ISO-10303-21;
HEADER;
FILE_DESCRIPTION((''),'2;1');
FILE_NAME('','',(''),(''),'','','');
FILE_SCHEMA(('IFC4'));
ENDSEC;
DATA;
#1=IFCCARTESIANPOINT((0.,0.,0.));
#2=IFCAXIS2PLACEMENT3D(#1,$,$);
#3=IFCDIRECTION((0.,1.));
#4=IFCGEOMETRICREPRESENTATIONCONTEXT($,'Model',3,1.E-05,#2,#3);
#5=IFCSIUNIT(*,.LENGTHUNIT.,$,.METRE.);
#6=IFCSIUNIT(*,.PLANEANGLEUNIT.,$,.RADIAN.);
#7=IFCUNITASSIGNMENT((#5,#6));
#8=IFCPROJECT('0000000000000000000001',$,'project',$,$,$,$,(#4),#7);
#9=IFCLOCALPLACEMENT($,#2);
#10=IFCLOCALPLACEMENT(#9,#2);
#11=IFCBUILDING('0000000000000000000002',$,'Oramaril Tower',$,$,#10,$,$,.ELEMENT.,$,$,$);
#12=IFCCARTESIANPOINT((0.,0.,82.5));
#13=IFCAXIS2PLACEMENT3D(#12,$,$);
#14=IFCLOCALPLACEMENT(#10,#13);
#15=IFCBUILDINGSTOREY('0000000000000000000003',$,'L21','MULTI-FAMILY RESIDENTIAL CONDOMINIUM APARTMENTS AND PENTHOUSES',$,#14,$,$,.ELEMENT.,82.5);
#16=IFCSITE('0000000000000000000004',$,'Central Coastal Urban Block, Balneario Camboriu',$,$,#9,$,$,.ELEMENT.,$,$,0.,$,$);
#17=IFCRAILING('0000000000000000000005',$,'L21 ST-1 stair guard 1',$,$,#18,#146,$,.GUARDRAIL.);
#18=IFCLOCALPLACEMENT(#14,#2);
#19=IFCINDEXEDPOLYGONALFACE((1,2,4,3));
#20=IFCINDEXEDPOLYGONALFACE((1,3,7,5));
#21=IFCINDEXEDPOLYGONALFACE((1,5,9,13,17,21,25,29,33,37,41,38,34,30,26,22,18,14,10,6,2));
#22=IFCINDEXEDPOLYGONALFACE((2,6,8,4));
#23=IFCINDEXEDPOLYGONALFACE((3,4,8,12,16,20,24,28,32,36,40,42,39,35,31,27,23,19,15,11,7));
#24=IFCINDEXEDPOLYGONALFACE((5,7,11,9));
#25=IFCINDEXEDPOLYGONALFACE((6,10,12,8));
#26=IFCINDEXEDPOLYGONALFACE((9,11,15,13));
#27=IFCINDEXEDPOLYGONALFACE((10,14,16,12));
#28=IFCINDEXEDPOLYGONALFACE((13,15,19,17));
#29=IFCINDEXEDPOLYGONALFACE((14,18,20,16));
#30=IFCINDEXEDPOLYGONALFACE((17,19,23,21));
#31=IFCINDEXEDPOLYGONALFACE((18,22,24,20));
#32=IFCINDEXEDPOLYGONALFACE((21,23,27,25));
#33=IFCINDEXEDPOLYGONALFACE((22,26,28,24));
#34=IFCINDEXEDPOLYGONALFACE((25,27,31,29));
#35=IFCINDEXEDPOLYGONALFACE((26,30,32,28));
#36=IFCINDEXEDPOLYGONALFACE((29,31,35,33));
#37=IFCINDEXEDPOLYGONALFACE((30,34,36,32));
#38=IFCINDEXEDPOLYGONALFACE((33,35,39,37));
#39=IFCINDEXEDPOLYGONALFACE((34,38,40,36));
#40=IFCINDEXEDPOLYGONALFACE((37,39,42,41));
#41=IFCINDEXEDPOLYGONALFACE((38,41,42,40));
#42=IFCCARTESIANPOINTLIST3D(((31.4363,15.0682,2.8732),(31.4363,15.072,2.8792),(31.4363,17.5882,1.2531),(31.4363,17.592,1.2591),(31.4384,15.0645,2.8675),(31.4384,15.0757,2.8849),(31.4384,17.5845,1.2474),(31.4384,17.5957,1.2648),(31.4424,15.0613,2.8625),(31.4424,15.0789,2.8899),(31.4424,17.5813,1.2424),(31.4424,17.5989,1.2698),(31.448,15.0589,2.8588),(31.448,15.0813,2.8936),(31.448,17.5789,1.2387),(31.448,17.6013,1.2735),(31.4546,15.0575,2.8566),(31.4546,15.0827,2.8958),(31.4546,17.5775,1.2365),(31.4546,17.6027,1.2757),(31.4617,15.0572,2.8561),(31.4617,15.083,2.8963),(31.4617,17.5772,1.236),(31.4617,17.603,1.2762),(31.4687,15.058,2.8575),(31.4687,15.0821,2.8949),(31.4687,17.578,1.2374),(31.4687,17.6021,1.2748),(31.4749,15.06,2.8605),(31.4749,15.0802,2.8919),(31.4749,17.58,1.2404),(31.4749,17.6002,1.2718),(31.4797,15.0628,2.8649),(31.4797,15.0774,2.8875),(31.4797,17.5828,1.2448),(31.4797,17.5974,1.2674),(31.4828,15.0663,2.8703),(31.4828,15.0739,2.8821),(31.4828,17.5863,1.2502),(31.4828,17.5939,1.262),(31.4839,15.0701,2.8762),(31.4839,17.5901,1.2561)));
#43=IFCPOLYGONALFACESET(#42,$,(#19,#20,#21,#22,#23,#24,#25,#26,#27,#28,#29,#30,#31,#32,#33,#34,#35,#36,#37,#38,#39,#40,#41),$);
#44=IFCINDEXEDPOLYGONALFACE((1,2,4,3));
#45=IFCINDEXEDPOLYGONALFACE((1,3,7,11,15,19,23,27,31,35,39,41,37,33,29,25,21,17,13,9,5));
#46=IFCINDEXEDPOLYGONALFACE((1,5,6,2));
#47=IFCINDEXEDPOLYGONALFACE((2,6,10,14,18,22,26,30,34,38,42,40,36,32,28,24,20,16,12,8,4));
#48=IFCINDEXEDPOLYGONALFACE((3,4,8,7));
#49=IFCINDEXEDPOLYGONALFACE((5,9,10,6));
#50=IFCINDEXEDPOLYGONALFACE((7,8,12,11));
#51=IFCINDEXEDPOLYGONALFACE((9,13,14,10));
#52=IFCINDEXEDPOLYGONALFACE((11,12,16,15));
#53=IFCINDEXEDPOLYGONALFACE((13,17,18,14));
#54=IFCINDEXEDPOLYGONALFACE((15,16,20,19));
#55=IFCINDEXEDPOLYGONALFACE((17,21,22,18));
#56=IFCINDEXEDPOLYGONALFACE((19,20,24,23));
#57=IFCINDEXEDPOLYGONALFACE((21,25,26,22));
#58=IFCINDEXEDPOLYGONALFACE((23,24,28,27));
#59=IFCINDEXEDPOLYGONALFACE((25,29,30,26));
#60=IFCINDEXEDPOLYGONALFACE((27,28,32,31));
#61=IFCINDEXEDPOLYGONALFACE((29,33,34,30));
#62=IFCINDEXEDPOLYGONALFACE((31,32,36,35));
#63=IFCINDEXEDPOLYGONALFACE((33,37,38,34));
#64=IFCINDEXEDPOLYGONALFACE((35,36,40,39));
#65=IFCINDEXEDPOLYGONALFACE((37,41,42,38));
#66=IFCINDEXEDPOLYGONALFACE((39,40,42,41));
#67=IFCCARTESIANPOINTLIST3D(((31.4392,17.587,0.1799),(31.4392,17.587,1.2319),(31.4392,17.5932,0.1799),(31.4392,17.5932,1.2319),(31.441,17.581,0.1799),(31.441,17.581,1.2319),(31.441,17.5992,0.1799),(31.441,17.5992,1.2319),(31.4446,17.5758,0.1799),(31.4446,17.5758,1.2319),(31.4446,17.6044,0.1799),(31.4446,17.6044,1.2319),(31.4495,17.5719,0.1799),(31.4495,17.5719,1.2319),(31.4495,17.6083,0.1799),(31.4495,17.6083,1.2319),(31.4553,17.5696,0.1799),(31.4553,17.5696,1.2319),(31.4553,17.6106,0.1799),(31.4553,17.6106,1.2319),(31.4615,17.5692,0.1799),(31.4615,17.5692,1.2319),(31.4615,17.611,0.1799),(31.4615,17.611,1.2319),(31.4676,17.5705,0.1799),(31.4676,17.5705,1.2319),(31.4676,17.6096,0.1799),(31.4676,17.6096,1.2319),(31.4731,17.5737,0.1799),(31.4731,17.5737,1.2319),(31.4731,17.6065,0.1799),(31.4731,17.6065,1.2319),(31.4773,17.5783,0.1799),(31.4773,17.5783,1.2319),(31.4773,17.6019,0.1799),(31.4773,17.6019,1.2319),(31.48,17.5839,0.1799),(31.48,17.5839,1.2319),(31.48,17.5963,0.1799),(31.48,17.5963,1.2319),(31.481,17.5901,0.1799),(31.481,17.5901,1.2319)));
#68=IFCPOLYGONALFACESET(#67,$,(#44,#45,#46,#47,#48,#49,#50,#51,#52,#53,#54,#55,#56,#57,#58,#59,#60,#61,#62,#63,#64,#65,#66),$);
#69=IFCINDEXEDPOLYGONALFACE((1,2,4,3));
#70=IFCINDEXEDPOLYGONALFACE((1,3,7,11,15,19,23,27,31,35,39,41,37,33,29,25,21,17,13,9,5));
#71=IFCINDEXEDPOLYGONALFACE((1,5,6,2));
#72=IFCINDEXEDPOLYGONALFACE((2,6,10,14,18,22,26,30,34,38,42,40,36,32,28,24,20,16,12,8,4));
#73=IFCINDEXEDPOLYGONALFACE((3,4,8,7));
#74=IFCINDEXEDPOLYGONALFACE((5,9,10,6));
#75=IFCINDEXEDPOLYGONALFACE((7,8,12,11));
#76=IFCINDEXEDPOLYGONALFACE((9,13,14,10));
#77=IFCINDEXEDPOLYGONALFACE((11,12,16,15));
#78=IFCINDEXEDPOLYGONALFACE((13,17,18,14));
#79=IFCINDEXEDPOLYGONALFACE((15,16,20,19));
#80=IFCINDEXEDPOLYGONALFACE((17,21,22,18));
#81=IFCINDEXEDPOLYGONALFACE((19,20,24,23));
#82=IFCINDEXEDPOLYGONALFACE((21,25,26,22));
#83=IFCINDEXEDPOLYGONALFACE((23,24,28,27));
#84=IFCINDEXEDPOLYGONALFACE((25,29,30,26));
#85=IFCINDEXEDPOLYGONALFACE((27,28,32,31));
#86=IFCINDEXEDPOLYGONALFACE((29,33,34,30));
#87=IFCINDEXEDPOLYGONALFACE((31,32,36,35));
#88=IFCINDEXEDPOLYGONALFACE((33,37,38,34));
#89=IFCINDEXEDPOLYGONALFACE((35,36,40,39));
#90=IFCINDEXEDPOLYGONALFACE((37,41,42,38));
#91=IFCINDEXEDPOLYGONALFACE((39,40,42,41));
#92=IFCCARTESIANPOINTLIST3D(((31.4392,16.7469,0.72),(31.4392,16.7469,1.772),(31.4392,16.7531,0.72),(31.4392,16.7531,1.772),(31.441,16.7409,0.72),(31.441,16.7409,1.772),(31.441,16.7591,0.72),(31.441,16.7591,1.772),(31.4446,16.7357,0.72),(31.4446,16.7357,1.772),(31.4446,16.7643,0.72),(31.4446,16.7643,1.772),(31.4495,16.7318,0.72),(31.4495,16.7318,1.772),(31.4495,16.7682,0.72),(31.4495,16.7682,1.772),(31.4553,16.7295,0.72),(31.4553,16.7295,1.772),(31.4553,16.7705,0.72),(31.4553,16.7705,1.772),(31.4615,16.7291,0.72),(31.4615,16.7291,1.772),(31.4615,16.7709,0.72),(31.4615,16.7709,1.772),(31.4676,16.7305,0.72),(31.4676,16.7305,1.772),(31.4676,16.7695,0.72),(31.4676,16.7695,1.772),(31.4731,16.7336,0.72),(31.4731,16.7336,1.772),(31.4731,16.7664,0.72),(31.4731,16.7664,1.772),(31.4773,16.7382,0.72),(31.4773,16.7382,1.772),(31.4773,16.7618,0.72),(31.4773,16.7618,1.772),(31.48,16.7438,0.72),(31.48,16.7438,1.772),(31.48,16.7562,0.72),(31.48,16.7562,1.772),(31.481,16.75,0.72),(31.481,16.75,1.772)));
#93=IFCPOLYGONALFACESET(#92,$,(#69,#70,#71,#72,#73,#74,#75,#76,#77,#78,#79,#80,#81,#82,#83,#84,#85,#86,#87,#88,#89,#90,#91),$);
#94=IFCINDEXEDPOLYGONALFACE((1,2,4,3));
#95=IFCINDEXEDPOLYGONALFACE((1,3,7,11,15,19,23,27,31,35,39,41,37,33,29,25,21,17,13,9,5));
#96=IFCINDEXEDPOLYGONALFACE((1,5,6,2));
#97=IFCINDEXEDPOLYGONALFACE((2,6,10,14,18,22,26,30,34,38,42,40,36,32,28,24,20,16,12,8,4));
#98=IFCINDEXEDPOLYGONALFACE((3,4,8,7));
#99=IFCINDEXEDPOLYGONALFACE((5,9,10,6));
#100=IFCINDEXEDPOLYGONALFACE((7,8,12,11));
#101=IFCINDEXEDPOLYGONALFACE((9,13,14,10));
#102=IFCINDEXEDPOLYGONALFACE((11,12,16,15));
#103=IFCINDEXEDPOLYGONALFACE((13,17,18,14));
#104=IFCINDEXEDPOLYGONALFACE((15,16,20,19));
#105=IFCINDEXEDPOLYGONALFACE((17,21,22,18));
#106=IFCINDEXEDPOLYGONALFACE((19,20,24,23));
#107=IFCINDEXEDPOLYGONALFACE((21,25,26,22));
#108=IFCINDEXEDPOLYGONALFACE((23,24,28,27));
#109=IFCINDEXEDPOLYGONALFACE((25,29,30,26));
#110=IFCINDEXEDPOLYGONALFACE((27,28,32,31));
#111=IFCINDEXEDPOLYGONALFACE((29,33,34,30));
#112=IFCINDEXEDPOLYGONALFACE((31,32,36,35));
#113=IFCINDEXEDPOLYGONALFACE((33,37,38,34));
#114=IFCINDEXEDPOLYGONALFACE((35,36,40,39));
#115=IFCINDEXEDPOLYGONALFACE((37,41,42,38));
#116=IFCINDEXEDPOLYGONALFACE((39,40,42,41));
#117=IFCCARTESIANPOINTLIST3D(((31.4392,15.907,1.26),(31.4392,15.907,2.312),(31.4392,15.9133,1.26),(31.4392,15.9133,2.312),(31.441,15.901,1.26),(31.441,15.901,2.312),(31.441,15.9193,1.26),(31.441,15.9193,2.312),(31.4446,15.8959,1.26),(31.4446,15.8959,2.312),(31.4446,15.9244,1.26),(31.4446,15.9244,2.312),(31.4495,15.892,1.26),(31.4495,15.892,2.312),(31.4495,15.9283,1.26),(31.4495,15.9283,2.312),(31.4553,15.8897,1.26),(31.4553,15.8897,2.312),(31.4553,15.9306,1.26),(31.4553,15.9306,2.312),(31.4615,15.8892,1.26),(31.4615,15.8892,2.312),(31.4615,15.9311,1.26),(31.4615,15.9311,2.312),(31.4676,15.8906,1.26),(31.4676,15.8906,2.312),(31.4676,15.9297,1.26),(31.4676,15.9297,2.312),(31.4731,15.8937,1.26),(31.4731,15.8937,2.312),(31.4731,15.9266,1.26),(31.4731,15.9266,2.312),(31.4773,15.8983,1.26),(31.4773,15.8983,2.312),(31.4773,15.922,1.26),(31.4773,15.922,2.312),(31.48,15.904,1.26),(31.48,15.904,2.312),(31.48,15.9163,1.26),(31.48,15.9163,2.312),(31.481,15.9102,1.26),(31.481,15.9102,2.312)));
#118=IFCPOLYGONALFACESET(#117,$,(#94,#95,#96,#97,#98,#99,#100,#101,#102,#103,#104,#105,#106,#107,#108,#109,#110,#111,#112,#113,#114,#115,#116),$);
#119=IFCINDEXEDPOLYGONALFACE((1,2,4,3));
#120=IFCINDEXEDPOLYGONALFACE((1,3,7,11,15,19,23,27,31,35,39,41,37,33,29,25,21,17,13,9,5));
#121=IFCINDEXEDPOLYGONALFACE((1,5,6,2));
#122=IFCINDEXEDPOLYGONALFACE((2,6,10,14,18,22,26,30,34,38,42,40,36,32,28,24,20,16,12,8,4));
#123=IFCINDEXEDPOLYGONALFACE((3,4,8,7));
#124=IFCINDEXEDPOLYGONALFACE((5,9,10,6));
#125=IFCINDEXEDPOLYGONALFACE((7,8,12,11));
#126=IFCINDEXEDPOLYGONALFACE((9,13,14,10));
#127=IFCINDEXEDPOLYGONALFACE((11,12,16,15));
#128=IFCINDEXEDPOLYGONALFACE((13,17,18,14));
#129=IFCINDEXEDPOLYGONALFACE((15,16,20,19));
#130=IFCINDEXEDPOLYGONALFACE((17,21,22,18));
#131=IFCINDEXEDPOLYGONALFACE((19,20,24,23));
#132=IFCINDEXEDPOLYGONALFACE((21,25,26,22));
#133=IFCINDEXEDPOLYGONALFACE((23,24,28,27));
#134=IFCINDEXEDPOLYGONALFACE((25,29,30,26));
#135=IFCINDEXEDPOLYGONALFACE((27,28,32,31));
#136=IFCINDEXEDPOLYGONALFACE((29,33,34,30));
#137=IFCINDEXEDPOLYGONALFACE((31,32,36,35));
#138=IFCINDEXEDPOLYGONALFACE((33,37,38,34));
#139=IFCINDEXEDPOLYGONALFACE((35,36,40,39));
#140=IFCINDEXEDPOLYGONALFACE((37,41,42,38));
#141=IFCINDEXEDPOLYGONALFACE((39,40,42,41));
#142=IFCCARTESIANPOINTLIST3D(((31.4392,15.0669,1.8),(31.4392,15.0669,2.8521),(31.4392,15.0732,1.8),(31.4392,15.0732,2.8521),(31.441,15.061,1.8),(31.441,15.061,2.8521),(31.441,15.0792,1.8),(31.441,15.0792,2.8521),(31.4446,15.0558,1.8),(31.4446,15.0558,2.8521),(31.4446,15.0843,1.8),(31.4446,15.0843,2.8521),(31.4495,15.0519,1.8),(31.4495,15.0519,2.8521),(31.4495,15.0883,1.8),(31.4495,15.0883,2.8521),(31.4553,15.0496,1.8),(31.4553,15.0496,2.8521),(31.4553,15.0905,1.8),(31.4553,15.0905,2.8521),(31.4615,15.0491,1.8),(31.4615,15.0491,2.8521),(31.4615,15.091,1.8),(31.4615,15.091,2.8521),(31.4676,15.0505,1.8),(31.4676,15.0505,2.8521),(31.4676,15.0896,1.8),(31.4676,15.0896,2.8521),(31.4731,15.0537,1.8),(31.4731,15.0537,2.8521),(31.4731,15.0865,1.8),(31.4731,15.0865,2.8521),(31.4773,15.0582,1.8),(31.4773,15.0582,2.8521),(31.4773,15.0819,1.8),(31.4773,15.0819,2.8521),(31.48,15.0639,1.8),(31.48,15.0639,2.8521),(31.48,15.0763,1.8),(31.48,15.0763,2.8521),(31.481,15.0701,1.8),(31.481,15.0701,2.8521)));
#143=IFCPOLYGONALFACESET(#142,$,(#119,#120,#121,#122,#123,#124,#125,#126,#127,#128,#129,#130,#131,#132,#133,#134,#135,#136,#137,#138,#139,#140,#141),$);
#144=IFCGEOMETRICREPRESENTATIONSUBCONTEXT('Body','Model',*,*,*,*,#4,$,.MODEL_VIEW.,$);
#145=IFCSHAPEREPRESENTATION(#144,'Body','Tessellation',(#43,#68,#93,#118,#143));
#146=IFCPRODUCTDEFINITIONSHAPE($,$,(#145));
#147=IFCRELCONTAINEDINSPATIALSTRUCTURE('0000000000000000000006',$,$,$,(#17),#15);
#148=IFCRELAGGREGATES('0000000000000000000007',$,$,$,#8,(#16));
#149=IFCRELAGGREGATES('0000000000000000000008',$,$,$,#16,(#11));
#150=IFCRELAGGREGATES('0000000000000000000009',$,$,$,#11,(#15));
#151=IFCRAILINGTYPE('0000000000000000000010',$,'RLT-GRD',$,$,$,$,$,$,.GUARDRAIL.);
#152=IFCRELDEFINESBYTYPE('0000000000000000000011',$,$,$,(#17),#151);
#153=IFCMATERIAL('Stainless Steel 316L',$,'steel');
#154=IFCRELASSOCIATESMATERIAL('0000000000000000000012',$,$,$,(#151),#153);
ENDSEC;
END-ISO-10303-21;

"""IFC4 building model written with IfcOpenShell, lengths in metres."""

from ifc_helpers import new_model, si_unit, direction, frame, origin, origin_2d, place, context, subcontext, project, spatial, circle, extrude, material, type_object, element, save


model = new_model("IFC4")

# Units and contexts
model_context = context("Model", 3, precision=1e-05, world=origin(), true_north=direction((0.0, 1.0)))
body_context = subcontext(model_context, "Body", "Model", "MODEL_VIEW")
ifc_project = project(units=[si_unit("LENGTHUNIT", "METRE"), si_unit("PLANEANGLEUNIT", "RADIAN")], contexts=[model_context])

# Site, building, storey
site_placement = place(None, origin())
site = spatial("IfcSite", under=ifc_project, at=site_placement, Name="Central Coastal Urban Block, Balneario Camboriu", CompositionType="ELEMENT", RefElevation=0.0)
building_placement = place(site_placement, origin())
building = spatial("IfcBuilding", under=site, at=building_placement, Name="Oramaril Tower", CompositionType="ELEMENT")
storey_placement = place(building_placement, frame((0.0, 0.0, 82.5)))
storey = spatial("IfcBuildingStorey", under=building, at=storey_placement, Name="L21", Description="MULTI-FAMILY RESIDENTIAL CONDOMINIUM APARTMENTS AND PENTHOUSES", CompositionType="ELEMENT", Elevation=82.5)

# Railing
ifc_material_1 = material(Name="Stainless Steel 316L", Category="steel")
railing_type_1 = type_object("IfcRailingType", Name="RLT-GRD", PredefinedType="GUARDRAIL", material=ifc_material_1)
railing_1_placement = place(storey_placement, frame((31.46, 17.5901, 0.1799)))
element("IfcRailing", 1, at=railing_1_placement, inside=storey, type_object=railing_type_1, Name="L21 ST-1 stair guard 1", PredefinedType="GUARDRAIL", context=body_context, shape_type="SweptSolid", body=[
    extrude(circle(Radius=0.0239, at=origin_2d()), frame((0.0, 0.0, 1.0762), z_axis=(0.0, -0.841163, 0.540782), x_axis=(1.0, 0.0, 0.0)), (0.0, 0.0, 1.0), 2.9958),
    extrude(circle(Radius=0.021, at=origin_2d()), origin(), (0.0, 0.0, 1.0), 1.052),
    extrude(circle(Radius=0.021, at=origin_2d()), frame((0.0, -0.8401, 0.54)), (0.0, 0.0, 1.0), 1.052),
    extrude(circle(Radius=0.021, at=origin_2d()), frame((0.0, -1.6799, 1.0801)), (0.0, 0.0, 1.0), 1.052),
    extrude(circle(Radius=0.021, at=origin_2d()), frame((0.0, -2.52, 1.6201)), (0.0, 0.0, 1.0), 1.052),
])

save(model, "model.ifc")
